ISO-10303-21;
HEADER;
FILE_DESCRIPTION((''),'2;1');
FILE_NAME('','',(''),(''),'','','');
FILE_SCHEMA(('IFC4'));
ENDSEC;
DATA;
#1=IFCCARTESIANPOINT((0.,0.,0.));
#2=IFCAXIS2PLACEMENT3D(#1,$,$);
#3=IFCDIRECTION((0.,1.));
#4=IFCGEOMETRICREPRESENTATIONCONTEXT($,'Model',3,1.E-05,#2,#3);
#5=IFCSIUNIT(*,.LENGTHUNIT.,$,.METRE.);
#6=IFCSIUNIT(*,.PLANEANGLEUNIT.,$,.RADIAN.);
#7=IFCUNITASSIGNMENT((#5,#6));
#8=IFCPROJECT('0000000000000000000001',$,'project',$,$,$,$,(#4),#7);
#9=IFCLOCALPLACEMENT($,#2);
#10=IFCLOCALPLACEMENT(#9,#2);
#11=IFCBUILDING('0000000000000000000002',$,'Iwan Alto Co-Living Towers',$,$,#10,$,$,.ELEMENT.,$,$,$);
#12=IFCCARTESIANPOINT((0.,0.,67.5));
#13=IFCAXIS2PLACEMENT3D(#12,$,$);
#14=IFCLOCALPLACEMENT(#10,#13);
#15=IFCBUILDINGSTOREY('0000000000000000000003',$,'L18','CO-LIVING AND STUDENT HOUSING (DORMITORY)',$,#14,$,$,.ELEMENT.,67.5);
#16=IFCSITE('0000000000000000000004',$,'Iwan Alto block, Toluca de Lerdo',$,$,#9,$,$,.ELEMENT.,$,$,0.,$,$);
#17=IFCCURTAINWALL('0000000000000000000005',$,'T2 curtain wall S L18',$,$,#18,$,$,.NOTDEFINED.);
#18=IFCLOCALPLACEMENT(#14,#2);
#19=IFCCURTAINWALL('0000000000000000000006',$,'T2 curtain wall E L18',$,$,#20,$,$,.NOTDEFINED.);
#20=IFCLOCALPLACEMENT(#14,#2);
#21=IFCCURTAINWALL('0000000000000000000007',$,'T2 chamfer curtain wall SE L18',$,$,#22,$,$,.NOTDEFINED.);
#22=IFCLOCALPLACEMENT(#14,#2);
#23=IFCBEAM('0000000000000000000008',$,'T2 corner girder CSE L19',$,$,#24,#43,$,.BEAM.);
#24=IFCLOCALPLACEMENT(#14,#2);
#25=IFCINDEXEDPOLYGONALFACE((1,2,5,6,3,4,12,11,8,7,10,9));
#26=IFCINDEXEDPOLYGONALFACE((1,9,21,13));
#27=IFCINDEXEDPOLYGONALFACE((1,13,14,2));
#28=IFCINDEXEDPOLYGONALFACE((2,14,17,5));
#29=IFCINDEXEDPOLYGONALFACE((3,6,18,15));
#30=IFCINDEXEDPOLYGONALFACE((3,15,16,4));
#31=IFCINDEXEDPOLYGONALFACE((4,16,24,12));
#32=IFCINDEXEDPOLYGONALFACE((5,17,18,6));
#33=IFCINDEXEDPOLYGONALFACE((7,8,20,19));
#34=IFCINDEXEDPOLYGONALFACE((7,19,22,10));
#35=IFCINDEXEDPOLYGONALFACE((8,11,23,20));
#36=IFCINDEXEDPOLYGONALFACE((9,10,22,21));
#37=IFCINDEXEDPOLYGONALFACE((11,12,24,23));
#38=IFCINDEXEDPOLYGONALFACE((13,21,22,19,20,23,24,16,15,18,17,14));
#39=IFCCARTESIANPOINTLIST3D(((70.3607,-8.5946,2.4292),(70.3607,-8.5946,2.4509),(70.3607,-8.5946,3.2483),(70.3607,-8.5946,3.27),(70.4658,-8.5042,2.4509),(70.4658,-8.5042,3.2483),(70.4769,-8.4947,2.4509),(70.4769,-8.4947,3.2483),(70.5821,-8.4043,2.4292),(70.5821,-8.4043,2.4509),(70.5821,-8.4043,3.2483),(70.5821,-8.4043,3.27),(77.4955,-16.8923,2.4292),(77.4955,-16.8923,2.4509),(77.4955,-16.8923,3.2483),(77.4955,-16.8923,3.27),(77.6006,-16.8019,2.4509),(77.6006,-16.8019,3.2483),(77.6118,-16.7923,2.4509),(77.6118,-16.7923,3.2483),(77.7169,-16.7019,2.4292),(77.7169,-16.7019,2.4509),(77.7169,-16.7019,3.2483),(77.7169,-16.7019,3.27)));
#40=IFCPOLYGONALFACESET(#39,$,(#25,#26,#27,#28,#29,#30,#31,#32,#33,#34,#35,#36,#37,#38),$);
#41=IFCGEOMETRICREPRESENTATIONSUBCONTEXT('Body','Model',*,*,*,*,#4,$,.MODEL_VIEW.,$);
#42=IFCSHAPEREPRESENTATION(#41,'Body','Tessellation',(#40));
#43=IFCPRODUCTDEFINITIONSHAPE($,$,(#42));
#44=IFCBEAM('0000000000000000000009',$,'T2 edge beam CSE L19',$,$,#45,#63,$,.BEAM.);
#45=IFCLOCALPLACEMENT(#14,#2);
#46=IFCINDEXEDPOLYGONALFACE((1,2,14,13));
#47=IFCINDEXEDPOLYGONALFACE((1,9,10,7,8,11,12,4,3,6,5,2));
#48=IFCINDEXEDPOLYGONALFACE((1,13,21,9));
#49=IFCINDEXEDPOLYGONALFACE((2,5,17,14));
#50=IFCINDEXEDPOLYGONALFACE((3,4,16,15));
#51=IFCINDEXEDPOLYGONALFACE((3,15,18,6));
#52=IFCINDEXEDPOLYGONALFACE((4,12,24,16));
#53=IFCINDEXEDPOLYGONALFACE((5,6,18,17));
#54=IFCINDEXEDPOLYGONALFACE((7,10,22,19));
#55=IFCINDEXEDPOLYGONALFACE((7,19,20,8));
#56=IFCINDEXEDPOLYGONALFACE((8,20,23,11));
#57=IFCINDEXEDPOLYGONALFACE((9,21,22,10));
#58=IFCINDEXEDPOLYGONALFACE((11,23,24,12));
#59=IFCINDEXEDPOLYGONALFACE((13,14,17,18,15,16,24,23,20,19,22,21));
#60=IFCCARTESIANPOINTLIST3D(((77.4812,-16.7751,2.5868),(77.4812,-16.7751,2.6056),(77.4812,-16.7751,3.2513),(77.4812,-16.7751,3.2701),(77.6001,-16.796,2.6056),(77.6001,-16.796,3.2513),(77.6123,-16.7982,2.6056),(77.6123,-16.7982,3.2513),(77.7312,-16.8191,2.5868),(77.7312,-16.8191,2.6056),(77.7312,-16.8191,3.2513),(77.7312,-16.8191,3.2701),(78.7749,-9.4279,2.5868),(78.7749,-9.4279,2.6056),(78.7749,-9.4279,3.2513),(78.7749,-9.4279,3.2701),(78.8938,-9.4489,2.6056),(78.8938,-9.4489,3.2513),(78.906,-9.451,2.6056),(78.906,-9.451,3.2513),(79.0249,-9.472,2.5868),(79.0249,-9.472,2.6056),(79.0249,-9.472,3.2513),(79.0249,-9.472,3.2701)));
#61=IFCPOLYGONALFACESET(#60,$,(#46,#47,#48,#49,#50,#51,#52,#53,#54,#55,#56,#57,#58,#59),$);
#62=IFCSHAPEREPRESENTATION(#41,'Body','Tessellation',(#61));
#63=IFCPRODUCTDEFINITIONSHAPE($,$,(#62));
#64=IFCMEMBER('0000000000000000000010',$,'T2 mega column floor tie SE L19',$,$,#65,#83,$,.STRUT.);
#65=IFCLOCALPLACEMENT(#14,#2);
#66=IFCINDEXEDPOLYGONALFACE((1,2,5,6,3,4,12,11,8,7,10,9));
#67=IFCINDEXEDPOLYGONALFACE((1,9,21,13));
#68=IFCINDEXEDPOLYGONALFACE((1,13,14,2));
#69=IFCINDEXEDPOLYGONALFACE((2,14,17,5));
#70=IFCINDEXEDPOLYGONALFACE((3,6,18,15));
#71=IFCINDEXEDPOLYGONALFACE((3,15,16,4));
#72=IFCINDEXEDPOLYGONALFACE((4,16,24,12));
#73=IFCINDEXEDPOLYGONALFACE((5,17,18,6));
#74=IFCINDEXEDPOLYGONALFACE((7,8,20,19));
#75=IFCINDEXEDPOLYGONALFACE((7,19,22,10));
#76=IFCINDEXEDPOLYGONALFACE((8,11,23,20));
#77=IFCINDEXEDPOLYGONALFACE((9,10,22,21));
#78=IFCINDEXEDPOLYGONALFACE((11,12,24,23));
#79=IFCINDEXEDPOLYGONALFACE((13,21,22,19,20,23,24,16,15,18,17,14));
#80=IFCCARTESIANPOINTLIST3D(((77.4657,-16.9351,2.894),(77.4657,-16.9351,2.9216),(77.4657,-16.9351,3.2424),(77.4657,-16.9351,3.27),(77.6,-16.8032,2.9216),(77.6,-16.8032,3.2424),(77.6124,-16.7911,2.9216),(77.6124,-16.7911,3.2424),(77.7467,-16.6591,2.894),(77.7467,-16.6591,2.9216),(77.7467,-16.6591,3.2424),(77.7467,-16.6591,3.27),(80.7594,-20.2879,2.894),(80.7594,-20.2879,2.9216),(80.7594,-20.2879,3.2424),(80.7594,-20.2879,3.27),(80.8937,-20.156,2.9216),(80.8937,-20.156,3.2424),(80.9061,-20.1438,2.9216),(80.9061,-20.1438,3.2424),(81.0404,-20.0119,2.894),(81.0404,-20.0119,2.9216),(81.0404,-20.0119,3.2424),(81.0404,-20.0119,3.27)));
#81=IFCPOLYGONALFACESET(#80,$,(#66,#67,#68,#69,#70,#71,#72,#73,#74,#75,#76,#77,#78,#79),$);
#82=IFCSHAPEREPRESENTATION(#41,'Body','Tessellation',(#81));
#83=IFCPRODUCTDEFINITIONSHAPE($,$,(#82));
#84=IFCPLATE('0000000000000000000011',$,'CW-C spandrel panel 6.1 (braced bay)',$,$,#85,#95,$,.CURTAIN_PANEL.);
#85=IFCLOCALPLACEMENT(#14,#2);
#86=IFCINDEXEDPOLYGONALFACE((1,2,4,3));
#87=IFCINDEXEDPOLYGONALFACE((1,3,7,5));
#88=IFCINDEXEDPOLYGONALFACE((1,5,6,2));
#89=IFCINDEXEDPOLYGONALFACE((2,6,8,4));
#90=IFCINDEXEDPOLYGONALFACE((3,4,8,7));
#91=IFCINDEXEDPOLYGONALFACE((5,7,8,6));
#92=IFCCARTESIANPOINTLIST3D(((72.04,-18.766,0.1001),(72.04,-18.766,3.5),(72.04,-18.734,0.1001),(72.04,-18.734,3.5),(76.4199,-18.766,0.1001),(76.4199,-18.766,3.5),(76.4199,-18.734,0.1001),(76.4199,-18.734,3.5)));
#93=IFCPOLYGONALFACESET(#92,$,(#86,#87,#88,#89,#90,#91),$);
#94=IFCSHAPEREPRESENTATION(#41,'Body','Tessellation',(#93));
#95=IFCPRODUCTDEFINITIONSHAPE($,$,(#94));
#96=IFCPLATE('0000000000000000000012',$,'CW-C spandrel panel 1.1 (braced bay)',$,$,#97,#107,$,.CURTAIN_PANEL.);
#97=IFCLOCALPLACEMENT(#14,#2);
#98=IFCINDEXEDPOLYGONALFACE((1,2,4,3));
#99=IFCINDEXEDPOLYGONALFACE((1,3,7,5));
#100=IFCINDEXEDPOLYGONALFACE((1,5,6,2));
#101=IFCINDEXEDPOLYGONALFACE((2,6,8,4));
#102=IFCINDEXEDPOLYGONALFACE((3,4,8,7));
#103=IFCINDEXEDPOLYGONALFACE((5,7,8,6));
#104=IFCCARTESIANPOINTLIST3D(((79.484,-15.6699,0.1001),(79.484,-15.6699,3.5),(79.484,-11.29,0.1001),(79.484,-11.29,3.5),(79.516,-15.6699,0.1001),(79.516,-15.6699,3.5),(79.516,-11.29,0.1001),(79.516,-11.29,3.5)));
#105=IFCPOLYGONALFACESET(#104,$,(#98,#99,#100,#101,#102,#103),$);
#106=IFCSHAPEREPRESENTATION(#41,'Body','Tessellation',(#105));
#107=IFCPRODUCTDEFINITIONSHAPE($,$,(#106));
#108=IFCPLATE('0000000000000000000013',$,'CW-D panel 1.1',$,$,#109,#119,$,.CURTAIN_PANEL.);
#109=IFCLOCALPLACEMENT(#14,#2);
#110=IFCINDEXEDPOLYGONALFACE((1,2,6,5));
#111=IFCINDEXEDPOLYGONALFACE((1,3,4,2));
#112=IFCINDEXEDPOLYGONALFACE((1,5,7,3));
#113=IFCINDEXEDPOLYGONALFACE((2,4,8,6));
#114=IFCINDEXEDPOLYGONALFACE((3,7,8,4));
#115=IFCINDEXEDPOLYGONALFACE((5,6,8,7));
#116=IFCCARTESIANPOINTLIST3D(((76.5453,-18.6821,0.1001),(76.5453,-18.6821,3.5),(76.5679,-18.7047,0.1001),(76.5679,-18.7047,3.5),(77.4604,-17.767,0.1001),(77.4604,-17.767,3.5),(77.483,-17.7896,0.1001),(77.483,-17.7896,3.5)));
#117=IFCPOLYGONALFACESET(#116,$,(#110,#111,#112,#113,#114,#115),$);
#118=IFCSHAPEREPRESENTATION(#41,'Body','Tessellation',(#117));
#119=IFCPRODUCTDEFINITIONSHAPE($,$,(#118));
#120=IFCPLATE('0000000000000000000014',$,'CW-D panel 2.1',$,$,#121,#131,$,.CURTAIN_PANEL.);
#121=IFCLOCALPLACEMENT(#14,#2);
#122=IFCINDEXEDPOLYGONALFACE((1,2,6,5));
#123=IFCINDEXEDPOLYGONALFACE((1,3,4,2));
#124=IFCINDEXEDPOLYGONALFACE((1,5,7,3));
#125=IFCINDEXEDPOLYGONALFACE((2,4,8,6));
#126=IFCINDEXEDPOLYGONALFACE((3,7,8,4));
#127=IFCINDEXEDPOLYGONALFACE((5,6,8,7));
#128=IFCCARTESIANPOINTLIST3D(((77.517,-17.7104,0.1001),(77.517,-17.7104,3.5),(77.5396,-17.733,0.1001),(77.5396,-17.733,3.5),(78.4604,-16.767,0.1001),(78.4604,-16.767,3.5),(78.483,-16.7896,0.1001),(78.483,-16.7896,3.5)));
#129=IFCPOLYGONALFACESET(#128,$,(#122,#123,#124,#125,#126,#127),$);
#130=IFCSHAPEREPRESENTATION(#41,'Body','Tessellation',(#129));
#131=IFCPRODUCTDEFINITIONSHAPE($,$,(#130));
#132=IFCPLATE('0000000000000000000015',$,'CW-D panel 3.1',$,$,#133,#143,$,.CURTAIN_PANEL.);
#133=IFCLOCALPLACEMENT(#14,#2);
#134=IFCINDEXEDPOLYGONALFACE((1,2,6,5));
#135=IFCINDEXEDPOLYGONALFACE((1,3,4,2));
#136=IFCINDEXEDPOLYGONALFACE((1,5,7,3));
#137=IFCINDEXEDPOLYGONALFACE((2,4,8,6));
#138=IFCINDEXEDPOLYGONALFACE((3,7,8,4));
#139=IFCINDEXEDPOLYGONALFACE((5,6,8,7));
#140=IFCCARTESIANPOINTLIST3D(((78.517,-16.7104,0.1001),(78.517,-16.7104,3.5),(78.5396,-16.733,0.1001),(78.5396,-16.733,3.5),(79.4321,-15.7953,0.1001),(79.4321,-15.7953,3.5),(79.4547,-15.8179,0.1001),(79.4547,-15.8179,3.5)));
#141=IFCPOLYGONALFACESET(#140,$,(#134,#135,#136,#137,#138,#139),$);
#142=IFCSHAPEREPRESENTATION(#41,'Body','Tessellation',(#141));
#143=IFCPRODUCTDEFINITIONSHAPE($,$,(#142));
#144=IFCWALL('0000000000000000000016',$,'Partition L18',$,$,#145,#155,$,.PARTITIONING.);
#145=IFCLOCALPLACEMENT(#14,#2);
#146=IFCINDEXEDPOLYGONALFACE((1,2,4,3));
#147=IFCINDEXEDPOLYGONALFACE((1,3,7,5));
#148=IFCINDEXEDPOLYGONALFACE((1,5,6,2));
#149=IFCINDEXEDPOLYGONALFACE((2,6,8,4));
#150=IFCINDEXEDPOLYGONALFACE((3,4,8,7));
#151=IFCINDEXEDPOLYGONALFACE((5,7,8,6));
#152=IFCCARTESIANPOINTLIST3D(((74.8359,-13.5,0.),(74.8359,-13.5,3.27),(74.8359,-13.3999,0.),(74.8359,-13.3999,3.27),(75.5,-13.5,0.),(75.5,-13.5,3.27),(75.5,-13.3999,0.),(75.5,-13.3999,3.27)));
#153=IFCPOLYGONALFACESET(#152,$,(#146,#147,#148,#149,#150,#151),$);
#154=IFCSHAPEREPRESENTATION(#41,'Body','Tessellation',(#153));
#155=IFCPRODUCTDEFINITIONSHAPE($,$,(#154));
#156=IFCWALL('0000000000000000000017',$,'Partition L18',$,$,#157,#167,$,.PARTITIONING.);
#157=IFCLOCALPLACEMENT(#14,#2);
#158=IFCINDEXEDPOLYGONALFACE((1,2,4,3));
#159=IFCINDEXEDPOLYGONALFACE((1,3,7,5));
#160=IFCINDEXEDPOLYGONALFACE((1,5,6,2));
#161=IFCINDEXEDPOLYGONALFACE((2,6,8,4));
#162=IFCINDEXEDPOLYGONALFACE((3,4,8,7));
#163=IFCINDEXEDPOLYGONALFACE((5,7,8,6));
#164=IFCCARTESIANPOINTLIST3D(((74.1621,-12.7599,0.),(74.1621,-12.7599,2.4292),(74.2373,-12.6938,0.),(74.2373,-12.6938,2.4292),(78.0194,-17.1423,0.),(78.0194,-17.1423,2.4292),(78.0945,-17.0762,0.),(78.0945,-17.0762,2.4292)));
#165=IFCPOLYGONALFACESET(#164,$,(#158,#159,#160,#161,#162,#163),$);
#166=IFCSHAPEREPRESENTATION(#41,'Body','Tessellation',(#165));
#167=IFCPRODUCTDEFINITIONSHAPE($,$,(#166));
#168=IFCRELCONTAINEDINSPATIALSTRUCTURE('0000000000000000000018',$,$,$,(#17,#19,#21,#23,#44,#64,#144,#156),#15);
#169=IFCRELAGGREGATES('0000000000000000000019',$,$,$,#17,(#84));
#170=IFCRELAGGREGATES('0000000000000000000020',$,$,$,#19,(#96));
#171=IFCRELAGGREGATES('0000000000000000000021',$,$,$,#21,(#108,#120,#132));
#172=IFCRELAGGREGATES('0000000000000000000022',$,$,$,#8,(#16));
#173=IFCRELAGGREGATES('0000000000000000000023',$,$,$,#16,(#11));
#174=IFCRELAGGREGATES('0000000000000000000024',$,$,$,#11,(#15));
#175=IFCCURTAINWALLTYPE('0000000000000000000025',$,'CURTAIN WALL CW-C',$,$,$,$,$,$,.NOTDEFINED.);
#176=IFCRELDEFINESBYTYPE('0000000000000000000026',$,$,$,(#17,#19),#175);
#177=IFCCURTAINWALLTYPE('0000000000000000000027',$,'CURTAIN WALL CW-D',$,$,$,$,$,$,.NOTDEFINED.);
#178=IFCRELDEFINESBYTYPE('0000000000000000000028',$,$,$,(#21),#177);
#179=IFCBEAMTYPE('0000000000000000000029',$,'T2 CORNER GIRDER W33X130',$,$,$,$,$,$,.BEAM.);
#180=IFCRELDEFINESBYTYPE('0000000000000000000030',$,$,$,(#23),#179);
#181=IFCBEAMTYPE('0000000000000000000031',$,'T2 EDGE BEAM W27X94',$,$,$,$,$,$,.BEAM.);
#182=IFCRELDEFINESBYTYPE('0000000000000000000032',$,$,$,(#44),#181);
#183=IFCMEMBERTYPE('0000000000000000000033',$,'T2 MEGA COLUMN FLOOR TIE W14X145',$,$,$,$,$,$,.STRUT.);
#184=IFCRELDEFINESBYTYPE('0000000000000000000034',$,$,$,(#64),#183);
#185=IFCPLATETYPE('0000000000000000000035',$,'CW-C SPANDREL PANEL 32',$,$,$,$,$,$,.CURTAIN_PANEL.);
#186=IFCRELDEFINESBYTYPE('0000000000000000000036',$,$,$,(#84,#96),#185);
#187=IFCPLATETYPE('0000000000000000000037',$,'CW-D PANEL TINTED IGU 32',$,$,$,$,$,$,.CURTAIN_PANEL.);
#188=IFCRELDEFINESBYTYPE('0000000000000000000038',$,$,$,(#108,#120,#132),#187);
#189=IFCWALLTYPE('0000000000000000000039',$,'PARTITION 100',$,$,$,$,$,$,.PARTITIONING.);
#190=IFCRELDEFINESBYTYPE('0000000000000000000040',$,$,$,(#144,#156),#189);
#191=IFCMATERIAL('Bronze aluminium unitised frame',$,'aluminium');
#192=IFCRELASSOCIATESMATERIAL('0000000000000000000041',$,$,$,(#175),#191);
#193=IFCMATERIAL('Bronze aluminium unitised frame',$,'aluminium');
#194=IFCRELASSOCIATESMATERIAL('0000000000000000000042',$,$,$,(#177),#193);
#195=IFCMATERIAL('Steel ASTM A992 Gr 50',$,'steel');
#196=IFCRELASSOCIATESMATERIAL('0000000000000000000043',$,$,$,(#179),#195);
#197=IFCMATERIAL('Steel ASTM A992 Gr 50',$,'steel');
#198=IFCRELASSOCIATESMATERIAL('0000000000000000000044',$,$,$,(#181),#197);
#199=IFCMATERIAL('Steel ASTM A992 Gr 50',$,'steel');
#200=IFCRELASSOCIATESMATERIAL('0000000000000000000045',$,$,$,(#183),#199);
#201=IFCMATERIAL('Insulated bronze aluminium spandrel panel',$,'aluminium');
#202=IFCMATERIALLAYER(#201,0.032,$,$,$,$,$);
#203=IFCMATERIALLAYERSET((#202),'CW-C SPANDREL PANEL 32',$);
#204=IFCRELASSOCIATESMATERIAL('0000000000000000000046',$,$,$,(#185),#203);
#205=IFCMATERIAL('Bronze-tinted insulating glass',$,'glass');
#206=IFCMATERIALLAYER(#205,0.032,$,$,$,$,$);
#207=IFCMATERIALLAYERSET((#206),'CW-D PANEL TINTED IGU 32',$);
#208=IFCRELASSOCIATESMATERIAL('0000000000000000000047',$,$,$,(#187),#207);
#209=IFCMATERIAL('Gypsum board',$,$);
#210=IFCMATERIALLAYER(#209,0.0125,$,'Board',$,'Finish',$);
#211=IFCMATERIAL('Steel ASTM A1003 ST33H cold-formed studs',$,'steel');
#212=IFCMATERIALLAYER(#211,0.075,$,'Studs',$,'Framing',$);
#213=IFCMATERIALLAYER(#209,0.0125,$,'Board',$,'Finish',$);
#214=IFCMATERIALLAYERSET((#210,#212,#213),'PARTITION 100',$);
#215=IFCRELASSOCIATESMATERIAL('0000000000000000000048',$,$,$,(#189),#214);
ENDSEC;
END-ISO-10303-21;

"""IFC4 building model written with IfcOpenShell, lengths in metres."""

from ifc_helpers import new_model, si_unit, direction, frame, frame_2d, origin, origin_2d, place, context, subcontext, project, spatial, rectangle, i_section, extrude, material, layer, layer_set, material_profile, profile_set, type_object, element, aggregate, save


model = new_model("IFC4")

# Units and contexts
model_context = context("Model", 3, precision=1e-05, world=origin(), true_north=direction((0.0, 1.0)))
body_context = subcontext(model_context, "Body", "Model", "MODEL_VIEW")
ifc_project = project(units=[si_unit("LENGTHUNIT", "METRE"), si_unit("PLANEANGLEUNIT", "RADIAN")], contexts=[model_context])

# Site, building, storey
site_placement = place(None, origin())
site = spatial("IfcSite", under=ifc_project, at=site_placement, Name="Iwan Alto block, Toluca de Lerdo", CompositionType="ELEMENT", RefElevation=0.0)
building_placement = place(site_placement, origin())
building = spatial("IfcBuilding", under=site, at=building_placement, Name="Iwan Alto Co-Living Towers", CompositionType="ELEMENT")
storey_placement = place(building_placement, frame((0.0, 0.0, 67.5)))
storey = spatial("IfcBuildingStorey", under=building, at=storey_placement, Name="L18", Description="CO-LIVING AND STUDENT HOUSING (DORMITORY)", CompositionType="ELEMENT", Elevation=67.5)

# Curtain wall
ifc_material_1 = material(Name="Bronze aluminium unitised frame", Category="aluminium")
curtain_wall_type_1 = type_object("IfcCurtainWallType", Name="CURTAIN WALL CW-C", PredefinedType="NOTDEFINED", material=ifc_material_1)
curtain_wall_1_placement = place(storey_placement, origin())
curtain_wall_1 = element("IfcCurtainWall", 1, at=curtain_wall_1_placement, inside=storey, type_object=curtain_wall_type_1, Name="T2 curtain wall S L18", PredefinedType="NOTDEFINED")

# Curtain walls
curtain_wall_2_placement = place(storey_placement, origin())
curtain_wall_2 = element("IfcCurtainWall", 2, at=curtain_wall_2_placement, inside=storey, type_object=curtain_wall_type_1, Name="T2 curtain wall E L18", PredefinedType="NOTDEFINED")
ifc_material_2 = material(Name="Bronze aluminium unitised frame", Category="aluminium")
curtain_wall_type_2 = type_object("IfcCurtainWallType", Name="CURTAIN WALL CW-D", PredefinedType="NOTDEFINED", material=ifc_material_2)
curtain_wall_3_placement = place(storey_placement, origin())
curtain_wall_3 = element("IfcCurtainWall", 3, at=curtain_wall_3_placement, inside=storey, type_object=curtain_wall_type_2, Name="T2 chamfer curtain wall SE L18", PredefinedType="NOTDEFINED")

# Beams
ifc_material_3 = material(Name="Steel ASTM A992 Gr 50", Category="steel")
ifc_material_profile_1 = material_profile(ifc_material_3, i_section(OverallWidth=0.292, OverallDepth=0.8408, WebThickness=0.0146, FlangeThickness=0.0217, at=origin_2d()), Name="W33X130")
ifc_profile_set_1 = profile_set([ifc_material_profile_1], Name="Steel ASTM A992 Gr 50")
beam_type_1 = type_object("IfcBeamType", Name="T2 CORNER GIRDER W33X130", PredefinedType="BEAM", material=ifc_profile_set_1)
beam_1_placement = place(storey_placement, frame((77.6062, -16.7971, 2.8496), z_axis=(-0.651977, 0.758238, 0.0), x_axis=(-0.758238, -0.651977, 0.0)))
element("IfcBeam", 4, at=beam_1_placement, inside=storey, type_object=beam_type_1, Name="T2 corner girder CSE L19", PredefinedType="BEAM", context=body_context, shape_type="SweptSolid", body=[
    extrude(i_section(OverallWidth=0.292, OverallDepth=0.8408, WebThickness=0.0146, FlangeThickness=0.0217, at=origin_2d()), origin(), (0.0, 0.0, 1.0), 10.9434),
])
ifc_material_4 = material(Name="Steel ASTM A992 Gr 50", Category="steel")
ifc_material_profile_2 = material_profile(ifc_material_4, i_section(OverallWidth=0.2539, OverallDepth=0.6833, WebThickness=0.0125, FlangeThickness=0.0188, at=origin_2d()), Name="W27X94")
ifc_profile_set_2 = profile_set([ifc_material_profile_2], Name="Steel ASTM A992 Gr 50")
beam_type_2 = type_object("IfcBeamType", Name="T2 EDGE BEAM W27X94", PredefinedType="BEAM", material=ifc_profile_set_2)
beam_2_placement = place(storey_placement, frame((77.6062, -16.7971, 2.9285), z_axis=(0.173414, 0.984849, 0.0), x_axis=(-0.984849, 0.173414, 0.0)))
element("IfcBeam", 5, at=beam_2_placement, inside=storey, type_object=beam_type_2, Name="T2 edge beam CSE L19", PredefinedType="BEAM", context=body_context, shape_type="SweptSolid", body=[
    extrude(i_section(OverallWidth=0.2539, OverallDepth=0.6833, WebThickness=0.0125, FlangeThickness=0.0188, at=origin_2d()), origin(), (0.0, 0.0, 1.0), 7.4602),
])

# Member
ifc_material_5 = material(Name="Steel ASTM A992 Gr 50", Category="steel")
ifc_material_profile_3 = material_profile(ifc_material_5, i_section(OverallWidth=0.3938, OverallDepth=0.376, WebThickness=0.0173, FlangeThickness=0.0276, at=origin_2d()), Name="W14X145")
ifc_profile_set_3 = profile_set([ifc_material_profile_3], Name="Steel ASTM A992 Gr 50")
member_type_1 = type_object("IfcMemberType", Name="T2 MEGA COLUMN FLOOR TIE W14X145", PredefinedType="STRUT", material=ifc_profile_set_3)
member_1_placement = place(storey_placement, frame((80.8999, -20.1499, 3.082), z_axis=(-0.700793, 0.713364, 0.0), x_axis=(-0.713364, -0.700793, 0.0)))
element("IfcMember", 6, at=member_1_placement, inside=storey, type_object=member_type_1, Name="T2 mega column floor tie SE L19", PredefinedType="STRUT", context=body_context, shape_type="SweptSolid", body=[
    extrude(i_section(OverallWidth=0.3938, OverallDepth=0.376, WebThickness=0.0173, FlangeThickness=0.0276, at=origin_2d()), origin(), (0.0, 0.0, 1.0), 4.7),
])

# Plates
ifc_material_6 = material(Name="Insulated bronze aluminium spandrel panel", Category="aluminium")
ifc_layer_1 = layer(ifc_material_6, 0.032)
ifc_layer_set_1 = layer_set([ifc_layer_1], Name="CW-C SPANDREL PANEL 32")
plate_type_1 = type_object("IfcPlateType", Name="CW-C SPANDREL PANEL 32", PredefinedType="CURTAIN_PANEL", material=ifc_layer_set_1)
plate_1_placement = place(storey_placement, frame((74.23, -18.75, 0.1001), z_axis=(0.0, 0.0, 1.0), x_axis=(1.0, 0.0, 0.0)))
plate_1 = element("IfcPlate", 7, at=plate_1_placement, type_object=plate_type_1, Name="CW-C spandrel panel 6.1 (braced bay)", PredefinedType="CURTAIN_PANEL", context=body_context, shape_type="SweptSolid", body=[
    extrude(rectangle(XDim=4.3799, YDim=0.032, at=origin_2d()), origin(), (0.0, 0.0, 1.0), 3.3999),
])
aggregate(curtain_wall_1, [plate_1])
plate_2_placement = place(storey_placement, frame((79.5, -13.48, 0.1001), z_axis=(0.0, 0.0, 1.0), x_axis=(0.0, 1.0, 0.0)))
plate_2 = element("IfcPlate", 8, at=plate_2_placement, type_object=plate_type_1, Name="CW-C spandrel panel 1.1 (braced bay)", PredefinedType="CURTAIN_PANEL", context=body_context, shape_type="SweptSolid", body=[
    extrude(rectangle(XDim=4.3799, YDim=0.032, at=origin_2d()), origin(), (0.0, 0.0, 1.0), 3.3999),
])
aggregate(curtain_wall_2, [plate_2])
ifc_material_7 = material(Name="Bronze-tinted insulating glass", Category="glass")
ifc_layer_2 = layer(ifc_material_7, 0.032)
ifc_layer_set_2 = layer_set([ifc_layer_2], Name="CW-D PANEL TINTED IGU 32")
plate_type_2 = type_object("IfcPlateType", Name="CW-D PANEL TINTED IGU 32", PredefinedType="CURTAIN_PANEL", material=ifc_layer_set_2)
plate_3_placement = place(storey_placement, frame((77.0142, -18.2358, 0.1001), z_axis=(0.0, 0.0, 1.0), x_axis=(0.707107, 0.707107, 0.0)))
plate_3 = element("IfcPlate", 9, at=plate_3_placement, type_object=plate_type_2, Name="CW-D panel 1.1", PredefinedType="CURTAIN_PANEL", context=body_context, shape_type="SweptSolid", body=[
    extrude(rectangle(XDim=1.2942, YDim=0.032, at=origin_2d()), origin(), (0.0, 0.0, 1.0), 3.3999),
])
plate_4_placement = place(storey_placement, frame((78.0, -17.25, 0.1001), z_axis=(0.0, 0.0, 1.0), x_axis=(0.707107, 0.707107, 0.0)))
plate_4 = element("IfcPlate", 10, at=plate_4_placement, type_object=plate_type_2, Name="CW-D panel 2.1", PredefinedType="CURTAIN_PANEL", context=body_context, shape_type="SweptSolid", body=[
    extrude(rectangle(XDim=1.3342, YDim=0.032, at=origin_2d()), origin(), (0.0, 0.0, 1.0), 3.3999),
])
plate_5_placement = place(storey_placement, frame((78.9858, -16.2642, 0.1001), z_axis=(0.0, 0.0, 1.0), x_axis=(0.707107, 0.707107, 0.0)))
plate_5 = element("IfcPlate", 11, at=plate_5_placement, type_object=plate_type_2, Name="CW-D panel 3.1", PredefinedType="CURTAIN_PANEL", context=body_context, shape_type="SweptSolid", body=[
    extrude(rectangle(XDim=1.2942, YDim=0.032, at=origin_2d()), origin(), (0.0, 0.0, 1.0), 3.3999),
])
aggregate(curtain_wall_3, [plate_3, plate_4, plate_5])

# Walls
ifc_material_8 = material(Name="Gypsum board")
ifc_layer_3 = layer(ifc_material_8, 0.0125, Name="Board", Category="Finish")
ifc_material_9 = material(Name="Steel ASTM A1003 ST33H cold-formed studs", Category="steel")
ifc_layer_4 = layer(ifc_material_9, 0.075, Name="Studs", Category="Framing")
ifc_layer_5 = layer(ifc_material_8, 0.0125, Name="Board", Category="Finish")
ifc_layer_set_3 = layer_set([ifc_layer_3, ifc_layer_4, ifc_layer_5], Name="PARTITION 100")
wall_type = type_object("IfcWallType", Name="PARTITION 100", PredefinedType="PARTITIONING", material=ifc_layer_set_3)
wall_1_placement = place(storey_placement, frame((74.8359, -13.45, 0.0), z_axis=(0.0, 0.0, 1.0), x_axis=(1.0, 0.0, 0.0)))
element("IfcWall", 12, at=wall_1_placement, inside=storey, type_object=wall_type, Name="Partition L18", PredefinedType="PARTITIONING", context=body_context, shape_type="SweptSolid", body=[
    extrude(rectangle(XDim=0.6641, YDim=0.1001, at=frame_2d((0.332, 0.0))), origin(), (0.0, 0.0, 1.0), 3.27),
])
wall_2_placement = place(storey_placement, frame((78.0569, -17.1091, 0.0), z_axis=(0.0, 0.0, 1.0), x_axis=(-0.660699, 0.750651, 0.0)))
element("IfcWall", 13, at=wall_2_placement, inside=storey, type_object=wall_type, Name="Partition L18", PredefinedType="PARTITIONING", context=body_context, shape_type="SweptSolid", body=[
    extrude(rectangle(XDim=5.8381, YDim=0.1001, at=frame_2d((2.9189, 0.0))), origin(), (0.0, 0.0, 1.0), 2.4292),
])

save(model, "model.ifc")
